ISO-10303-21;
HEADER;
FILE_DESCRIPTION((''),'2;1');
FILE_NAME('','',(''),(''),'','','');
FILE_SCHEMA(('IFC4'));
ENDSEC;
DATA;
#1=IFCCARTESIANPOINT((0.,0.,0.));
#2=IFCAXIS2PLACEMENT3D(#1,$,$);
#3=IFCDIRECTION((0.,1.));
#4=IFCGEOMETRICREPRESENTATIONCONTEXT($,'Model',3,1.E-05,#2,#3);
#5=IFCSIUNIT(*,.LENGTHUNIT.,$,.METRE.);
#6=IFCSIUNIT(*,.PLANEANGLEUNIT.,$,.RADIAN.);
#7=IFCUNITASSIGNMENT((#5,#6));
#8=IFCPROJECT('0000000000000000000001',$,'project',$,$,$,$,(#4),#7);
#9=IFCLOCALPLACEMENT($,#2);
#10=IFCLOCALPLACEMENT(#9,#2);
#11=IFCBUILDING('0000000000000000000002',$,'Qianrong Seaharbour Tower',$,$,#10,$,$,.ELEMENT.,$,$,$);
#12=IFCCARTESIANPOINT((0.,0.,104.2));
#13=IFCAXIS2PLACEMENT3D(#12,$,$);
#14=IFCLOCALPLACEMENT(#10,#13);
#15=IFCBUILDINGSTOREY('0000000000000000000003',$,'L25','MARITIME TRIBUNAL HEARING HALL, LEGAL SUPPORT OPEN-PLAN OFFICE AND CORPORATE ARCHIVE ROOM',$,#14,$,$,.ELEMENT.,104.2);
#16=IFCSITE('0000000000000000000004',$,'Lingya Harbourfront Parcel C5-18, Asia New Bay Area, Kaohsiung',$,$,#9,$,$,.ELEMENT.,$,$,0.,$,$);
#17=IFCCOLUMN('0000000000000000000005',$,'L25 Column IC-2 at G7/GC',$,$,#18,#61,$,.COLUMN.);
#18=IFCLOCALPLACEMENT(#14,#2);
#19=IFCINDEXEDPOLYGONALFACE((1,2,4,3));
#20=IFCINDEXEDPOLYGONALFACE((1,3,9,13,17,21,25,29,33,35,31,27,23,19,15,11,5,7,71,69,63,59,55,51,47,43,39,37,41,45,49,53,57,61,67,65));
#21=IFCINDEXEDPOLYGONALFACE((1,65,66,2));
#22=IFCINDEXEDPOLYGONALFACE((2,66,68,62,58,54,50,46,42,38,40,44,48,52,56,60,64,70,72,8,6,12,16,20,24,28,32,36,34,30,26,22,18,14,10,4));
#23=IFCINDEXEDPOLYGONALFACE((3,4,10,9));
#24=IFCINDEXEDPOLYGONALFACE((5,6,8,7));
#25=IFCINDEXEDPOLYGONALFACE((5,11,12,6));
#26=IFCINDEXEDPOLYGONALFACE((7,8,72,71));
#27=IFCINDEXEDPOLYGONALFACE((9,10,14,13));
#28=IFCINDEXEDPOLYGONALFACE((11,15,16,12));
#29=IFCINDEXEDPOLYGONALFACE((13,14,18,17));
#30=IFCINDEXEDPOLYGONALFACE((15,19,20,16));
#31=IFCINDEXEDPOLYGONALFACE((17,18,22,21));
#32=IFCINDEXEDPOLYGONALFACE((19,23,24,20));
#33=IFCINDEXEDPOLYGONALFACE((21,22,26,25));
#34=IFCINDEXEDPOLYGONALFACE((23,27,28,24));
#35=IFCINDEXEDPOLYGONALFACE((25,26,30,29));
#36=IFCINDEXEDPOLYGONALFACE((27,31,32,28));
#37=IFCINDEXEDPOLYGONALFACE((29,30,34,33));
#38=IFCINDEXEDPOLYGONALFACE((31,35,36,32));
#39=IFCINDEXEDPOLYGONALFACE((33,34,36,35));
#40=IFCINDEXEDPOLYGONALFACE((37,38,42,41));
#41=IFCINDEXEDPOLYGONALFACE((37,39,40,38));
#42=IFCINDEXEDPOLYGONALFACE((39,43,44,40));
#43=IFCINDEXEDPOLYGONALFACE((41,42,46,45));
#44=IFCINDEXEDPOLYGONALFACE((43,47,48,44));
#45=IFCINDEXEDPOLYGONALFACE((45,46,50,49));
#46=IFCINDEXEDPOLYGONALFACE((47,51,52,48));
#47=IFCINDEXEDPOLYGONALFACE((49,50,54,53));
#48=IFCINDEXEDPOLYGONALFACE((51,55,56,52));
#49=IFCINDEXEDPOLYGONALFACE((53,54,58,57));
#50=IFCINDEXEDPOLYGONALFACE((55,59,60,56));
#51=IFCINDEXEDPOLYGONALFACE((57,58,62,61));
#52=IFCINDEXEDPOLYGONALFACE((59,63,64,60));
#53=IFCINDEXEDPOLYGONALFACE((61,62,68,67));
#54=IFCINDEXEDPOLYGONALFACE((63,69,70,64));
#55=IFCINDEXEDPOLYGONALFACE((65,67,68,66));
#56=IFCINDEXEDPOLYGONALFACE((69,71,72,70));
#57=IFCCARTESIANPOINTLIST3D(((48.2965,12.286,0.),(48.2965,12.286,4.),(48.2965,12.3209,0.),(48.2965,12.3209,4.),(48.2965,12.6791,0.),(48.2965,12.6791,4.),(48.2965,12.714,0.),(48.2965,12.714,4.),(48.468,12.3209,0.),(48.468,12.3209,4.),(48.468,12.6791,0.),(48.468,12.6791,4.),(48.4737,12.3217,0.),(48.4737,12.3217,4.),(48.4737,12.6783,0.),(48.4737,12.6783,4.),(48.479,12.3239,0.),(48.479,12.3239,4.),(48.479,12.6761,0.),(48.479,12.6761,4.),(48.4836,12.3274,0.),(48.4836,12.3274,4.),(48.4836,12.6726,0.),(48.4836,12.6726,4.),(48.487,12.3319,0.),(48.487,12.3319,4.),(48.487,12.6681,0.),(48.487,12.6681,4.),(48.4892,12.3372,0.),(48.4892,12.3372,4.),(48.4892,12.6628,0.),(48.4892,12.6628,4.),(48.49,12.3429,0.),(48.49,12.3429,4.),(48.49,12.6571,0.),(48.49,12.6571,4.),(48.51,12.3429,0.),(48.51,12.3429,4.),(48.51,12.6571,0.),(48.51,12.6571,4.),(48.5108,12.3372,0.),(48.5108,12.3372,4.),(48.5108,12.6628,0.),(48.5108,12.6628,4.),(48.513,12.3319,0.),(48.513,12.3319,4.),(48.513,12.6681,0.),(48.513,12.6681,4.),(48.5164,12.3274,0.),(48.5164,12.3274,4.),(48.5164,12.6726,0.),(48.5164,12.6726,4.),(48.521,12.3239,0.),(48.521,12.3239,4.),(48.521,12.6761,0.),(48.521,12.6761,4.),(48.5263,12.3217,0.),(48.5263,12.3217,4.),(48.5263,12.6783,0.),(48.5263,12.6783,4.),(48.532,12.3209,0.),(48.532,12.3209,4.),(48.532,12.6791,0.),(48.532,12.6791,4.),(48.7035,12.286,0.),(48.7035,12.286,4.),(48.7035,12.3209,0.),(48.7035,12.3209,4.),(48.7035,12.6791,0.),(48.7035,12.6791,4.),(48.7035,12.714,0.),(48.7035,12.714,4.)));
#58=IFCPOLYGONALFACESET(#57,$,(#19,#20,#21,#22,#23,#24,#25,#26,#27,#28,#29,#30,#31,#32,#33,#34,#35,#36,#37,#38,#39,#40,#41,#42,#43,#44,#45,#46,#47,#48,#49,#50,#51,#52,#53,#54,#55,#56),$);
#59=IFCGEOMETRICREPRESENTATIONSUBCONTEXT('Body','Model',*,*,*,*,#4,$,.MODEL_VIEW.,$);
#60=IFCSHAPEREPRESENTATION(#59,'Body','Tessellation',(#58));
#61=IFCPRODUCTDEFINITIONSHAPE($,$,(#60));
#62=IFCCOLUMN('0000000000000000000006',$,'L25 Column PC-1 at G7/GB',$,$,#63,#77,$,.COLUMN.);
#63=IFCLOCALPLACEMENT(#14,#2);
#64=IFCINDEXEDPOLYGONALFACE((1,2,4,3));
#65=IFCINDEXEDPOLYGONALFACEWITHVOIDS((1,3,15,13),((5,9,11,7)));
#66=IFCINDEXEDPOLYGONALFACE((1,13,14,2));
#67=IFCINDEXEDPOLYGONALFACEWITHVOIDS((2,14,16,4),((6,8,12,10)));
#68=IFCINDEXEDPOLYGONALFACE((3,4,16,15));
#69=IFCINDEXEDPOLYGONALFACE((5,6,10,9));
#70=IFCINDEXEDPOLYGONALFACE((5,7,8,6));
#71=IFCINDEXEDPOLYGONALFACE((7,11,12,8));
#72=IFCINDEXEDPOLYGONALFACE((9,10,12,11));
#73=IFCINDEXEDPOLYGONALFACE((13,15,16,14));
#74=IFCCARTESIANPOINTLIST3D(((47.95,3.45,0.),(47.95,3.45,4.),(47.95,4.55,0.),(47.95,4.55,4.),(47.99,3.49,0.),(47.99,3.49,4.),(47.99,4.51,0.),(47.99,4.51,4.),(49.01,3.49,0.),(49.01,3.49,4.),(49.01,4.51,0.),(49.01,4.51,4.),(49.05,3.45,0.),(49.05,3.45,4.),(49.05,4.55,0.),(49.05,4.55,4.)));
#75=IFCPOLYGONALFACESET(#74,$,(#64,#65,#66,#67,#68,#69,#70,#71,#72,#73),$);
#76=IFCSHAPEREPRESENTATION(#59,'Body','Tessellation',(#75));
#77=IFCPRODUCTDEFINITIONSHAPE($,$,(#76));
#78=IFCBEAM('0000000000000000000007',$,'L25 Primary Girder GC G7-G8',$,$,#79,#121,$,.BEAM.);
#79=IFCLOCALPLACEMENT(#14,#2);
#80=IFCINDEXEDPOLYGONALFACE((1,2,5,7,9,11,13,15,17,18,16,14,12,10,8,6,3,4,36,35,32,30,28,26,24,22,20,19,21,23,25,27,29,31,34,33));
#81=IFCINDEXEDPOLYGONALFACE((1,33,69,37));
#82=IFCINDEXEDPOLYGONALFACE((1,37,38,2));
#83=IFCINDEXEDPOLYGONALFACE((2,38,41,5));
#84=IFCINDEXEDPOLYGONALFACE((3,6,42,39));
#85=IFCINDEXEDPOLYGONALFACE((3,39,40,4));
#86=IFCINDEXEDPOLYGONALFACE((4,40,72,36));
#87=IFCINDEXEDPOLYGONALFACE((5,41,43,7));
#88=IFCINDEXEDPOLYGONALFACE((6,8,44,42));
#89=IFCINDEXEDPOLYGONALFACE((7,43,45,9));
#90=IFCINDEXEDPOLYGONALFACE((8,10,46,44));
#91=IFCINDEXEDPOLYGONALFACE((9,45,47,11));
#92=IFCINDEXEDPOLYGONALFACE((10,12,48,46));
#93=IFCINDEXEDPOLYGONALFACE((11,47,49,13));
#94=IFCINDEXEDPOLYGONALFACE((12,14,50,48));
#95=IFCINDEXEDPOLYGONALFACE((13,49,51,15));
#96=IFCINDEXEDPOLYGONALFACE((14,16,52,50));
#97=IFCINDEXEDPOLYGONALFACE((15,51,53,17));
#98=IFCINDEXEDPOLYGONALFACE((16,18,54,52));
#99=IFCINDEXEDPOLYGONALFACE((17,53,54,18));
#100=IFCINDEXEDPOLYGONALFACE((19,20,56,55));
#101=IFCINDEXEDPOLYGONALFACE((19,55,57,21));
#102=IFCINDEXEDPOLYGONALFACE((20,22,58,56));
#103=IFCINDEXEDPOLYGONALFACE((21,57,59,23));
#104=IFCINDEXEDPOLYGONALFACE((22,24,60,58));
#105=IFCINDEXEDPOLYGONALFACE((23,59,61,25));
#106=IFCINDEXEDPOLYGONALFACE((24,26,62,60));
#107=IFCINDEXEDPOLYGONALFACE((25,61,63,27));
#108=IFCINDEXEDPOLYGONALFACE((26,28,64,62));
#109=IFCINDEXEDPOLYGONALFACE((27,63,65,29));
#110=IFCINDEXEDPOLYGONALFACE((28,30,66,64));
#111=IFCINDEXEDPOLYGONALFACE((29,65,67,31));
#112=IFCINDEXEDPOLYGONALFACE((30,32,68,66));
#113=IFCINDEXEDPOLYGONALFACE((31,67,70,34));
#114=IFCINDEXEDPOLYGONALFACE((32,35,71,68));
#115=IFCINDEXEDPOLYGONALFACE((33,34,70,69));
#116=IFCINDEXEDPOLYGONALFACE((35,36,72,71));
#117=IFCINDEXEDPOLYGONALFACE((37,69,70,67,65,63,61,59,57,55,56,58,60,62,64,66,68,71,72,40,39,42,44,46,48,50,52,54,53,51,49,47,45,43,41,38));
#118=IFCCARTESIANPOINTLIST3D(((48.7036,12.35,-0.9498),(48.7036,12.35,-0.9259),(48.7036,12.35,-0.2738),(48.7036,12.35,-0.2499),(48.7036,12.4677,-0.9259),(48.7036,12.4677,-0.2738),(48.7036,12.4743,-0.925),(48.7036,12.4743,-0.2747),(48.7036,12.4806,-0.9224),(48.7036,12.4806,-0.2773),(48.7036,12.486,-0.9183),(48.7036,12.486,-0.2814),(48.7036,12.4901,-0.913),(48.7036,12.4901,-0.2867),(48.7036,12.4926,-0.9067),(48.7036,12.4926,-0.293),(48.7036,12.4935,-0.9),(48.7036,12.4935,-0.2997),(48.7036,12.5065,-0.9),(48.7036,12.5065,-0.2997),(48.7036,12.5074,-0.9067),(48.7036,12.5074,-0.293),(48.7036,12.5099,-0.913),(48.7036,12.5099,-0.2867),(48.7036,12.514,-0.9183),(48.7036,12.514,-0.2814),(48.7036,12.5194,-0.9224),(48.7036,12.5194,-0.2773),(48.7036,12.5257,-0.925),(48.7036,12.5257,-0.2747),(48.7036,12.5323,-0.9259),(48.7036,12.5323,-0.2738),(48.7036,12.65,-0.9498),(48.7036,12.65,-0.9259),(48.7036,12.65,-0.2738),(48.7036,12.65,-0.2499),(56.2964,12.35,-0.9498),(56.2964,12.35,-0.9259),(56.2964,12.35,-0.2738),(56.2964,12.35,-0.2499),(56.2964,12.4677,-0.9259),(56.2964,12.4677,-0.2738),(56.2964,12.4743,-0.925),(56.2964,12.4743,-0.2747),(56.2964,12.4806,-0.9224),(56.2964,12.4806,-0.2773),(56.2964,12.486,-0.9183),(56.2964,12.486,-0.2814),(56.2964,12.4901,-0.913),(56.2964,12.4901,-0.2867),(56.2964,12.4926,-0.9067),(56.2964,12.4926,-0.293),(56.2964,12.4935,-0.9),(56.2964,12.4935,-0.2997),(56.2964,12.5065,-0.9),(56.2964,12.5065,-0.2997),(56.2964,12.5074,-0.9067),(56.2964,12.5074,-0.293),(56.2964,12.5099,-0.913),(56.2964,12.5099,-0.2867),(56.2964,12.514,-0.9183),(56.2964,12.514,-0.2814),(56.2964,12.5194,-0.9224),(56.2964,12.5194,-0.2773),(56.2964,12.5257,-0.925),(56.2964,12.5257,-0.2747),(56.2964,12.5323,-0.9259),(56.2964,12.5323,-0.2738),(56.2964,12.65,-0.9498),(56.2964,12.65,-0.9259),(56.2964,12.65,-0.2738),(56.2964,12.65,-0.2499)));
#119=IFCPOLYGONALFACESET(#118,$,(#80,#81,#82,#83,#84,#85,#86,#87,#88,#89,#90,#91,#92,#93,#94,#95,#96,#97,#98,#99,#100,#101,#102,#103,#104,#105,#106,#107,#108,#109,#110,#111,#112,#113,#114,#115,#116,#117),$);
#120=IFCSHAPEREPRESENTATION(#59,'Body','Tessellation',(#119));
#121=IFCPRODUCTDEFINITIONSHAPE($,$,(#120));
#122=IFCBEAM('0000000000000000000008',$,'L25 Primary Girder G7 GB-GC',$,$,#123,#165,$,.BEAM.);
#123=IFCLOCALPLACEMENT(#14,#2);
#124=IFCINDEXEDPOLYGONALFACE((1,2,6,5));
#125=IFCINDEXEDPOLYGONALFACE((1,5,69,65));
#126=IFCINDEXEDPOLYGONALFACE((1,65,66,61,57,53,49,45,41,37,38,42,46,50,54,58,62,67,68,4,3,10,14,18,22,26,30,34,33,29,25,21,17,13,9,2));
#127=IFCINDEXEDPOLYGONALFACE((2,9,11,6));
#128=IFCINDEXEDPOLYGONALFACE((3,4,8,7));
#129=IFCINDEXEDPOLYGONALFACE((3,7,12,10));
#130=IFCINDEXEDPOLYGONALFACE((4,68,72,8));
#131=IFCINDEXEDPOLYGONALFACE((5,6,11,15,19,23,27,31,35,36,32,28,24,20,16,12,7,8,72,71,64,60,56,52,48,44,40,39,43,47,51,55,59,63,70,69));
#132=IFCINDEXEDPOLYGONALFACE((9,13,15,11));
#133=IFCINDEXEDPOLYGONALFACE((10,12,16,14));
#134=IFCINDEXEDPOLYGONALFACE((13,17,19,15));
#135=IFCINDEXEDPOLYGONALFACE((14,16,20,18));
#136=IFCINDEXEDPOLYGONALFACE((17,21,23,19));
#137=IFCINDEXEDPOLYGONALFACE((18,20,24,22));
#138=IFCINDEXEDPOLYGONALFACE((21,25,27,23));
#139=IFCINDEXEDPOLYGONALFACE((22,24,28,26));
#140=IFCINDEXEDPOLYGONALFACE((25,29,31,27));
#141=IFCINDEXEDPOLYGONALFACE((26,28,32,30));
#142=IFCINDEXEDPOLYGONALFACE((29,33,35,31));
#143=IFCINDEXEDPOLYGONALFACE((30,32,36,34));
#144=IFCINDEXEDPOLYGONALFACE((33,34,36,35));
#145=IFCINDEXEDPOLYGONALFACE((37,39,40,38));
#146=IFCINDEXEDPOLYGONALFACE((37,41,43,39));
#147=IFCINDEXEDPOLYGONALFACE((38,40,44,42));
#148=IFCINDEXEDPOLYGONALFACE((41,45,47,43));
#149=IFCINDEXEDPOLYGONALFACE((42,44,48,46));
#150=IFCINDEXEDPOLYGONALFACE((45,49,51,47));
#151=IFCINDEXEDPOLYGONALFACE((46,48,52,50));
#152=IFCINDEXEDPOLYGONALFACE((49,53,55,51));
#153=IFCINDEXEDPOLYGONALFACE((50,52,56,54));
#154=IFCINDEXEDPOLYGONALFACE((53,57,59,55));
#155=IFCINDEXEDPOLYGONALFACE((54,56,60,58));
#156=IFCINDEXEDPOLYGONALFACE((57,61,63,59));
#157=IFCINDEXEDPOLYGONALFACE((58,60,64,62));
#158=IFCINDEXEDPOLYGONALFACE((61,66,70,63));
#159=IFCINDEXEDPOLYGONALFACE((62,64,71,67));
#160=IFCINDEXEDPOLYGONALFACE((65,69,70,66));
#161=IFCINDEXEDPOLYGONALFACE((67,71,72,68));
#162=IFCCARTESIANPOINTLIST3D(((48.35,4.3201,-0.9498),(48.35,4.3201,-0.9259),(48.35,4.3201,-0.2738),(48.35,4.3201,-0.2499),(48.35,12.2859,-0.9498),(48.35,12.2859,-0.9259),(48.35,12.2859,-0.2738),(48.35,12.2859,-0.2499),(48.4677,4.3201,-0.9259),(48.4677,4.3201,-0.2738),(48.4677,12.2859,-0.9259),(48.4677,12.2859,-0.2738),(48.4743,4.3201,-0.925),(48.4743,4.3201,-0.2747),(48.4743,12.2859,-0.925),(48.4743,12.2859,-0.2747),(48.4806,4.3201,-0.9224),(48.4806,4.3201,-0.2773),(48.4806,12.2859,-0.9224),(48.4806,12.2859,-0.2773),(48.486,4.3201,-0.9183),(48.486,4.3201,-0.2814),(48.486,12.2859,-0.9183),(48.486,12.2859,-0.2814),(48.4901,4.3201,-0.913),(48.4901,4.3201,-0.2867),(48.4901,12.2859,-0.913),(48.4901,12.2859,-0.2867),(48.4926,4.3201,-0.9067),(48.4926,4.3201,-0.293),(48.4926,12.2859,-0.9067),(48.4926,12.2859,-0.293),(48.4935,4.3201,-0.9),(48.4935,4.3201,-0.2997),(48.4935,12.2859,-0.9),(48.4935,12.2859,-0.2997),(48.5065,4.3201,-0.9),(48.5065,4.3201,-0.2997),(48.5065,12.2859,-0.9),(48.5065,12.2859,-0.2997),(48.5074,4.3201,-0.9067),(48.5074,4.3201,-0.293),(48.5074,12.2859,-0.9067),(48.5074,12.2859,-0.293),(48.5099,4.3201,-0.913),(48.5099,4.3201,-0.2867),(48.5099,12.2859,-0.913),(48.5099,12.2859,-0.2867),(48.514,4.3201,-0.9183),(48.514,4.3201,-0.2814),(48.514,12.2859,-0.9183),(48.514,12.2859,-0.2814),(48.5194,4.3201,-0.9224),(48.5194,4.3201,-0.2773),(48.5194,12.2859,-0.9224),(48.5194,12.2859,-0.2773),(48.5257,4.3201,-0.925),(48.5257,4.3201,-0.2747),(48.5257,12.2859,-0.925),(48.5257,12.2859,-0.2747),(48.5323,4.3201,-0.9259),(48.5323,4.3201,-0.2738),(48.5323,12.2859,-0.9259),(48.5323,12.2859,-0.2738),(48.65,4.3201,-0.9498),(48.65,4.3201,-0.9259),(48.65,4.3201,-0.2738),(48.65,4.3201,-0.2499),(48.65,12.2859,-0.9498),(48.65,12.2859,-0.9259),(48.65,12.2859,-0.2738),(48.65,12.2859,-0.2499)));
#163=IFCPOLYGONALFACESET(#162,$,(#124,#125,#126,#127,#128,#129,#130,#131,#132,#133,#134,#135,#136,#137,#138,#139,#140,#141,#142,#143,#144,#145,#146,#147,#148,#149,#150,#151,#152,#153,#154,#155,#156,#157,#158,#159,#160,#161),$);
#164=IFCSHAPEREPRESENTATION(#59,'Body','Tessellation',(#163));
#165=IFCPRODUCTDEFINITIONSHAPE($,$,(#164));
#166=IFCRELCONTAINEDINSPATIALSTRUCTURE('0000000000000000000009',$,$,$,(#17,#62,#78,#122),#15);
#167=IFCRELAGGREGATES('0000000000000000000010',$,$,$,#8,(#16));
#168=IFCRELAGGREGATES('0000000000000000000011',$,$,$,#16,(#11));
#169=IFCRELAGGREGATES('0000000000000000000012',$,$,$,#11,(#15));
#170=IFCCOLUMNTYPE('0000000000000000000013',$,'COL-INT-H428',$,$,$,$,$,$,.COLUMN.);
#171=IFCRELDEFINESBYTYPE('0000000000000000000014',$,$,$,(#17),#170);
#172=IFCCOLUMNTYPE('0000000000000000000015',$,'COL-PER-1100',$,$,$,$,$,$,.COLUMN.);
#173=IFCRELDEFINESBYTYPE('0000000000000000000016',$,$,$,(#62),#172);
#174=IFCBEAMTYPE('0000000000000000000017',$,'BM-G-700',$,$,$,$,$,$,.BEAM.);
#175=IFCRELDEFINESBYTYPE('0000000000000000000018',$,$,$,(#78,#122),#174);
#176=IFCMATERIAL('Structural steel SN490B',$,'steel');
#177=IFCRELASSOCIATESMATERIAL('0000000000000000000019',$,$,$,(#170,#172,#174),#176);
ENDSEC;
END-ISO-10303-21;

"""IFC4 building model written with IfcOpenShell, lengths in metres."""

from ifc_helpers import new_model, si_unit, direction, frame, origin, origin_2d, place, context, subcontext, project, spatial, hollow_rectangle, i_section, extrude, material, material_profile, profile_set, type_object, element, save


model = new_model("IFC4")

# Units and contexts
model_context = context("Model", 3, precision=1e-05, world=origin(), true_north=direction((0.0, 1.0)))
body_context = subcontext(model_context, "Body", "Model", "MODEL_VIEW")
ifc_project = project(units=[si_unit("LENGTHUNIT", "METRE"), si_unit("PLANEANGLEUNIT", "RADIAN")], contexts=[model_context])

# Site, building, storey
site_placement = place(None, origin())
site = spatial("IfcSite", under=ifc_project, at=site_placement, Name="Lingya Harbourfront Parcel C5-18, Asia New Bay Area, Kaohsiung", CompositionType="ELEMENT", RefElevation=0.0)
building_placement = place(site_placement, origin())
building = spatial("IfcBuilding", under=site, at=building_placement, Name="Qianrong Seaharbour Tower", CompositionType="ELEMENT")
storey_placement = place(building_placement, frame((0.0, 0.0, 104.2)))
storey = spatial("IfcBuildingStorey", under=building, at=storey_placement, Name="L25", Description="MARITIME TRIBUNAL HEARING HALL, LEGAL SUPPORT OPEN-PLAN OFFICE AND CORPORATE ARCHIVE ROOM", CompositionType="ELEMENT", Elevation=104.2)

# Columns
ifc_material_1 = material(Name="Structural steel SN490B", Category="steel")
ifc_material_profile_1 = material_profile(ifc_material_1, i_section(OverallWidth=0.407, OverallDepth=0.428, WebThickness=0.02, FlangeThickness=0.0349, FilletRadius=0.022, at=origin_2d()), Name="H428x407x20x35")
ifc_profile_set_1 = profile_set([ifc_material_profile_1], Name="Structural steel SN490B")
column_type_1 = type_object("IfcColumnType", Name="COL-INT-H428", PredefinedType="COLUMN", material=ifc_profile_set_1)
column_1_placement = place(storey_placement, frame((48.5, 12.5, 0.0), z_axis=(0.0, 0.0, 1.0), x_axis=(1.0, 0.0, 0.0)))
element("IfcColumn", 1, at=column_1_placement, inside=storey, type_object=column_type_1, Name="L25 Column IC-2 at G7/GC", PredefinedType="COLUMN", context=body_context, shape_type="SweptSolid", body=[
    extrude(i_section(OverallWidth=0.407, OverallDepth=0.428, WebThickness=0.02, FlangeThickness=0.0349, FilletRadius=0.022, at=origin_2d()), origin(), (0.0, 0.0, 1.0), 4.0),
])
ifc_material_profile_2 = material_profile(ifc_material_1, hollow_rectangle(XDim=1.1001, YDim=1.1001, WallThickness=0.04, at=origin_2d()), Name="BOX1100x1100x40")
ifc_profile_set_2 = profile_set([ifc_material_profile_2], Name="Structural steel SN490B")
column_type_2 = type_object("IfcColumnType", Name="COL-PER-1100", PredefinedType="COLUMN", material=ifc_profile_set_2)
column_2_placement = place(storey_placement, frame((48.5, 4.0, 0.0), z_axis=(0.0, 0.0, 1.0), x_axis=(1.0, 0.0, 0.0)))
element("IfcColumn", 2, at=column_2_placement, inside=storey, type_object=column_type_2, Name="L25 Column PC-1 at G7/GB", PredefinedType="COLUMN", context=body_context, shape_type="SweptSolid", body=[
    extrude(hollow_rectangle(XDim=1.1001, YDim=1.1001, WallThickness=0.04, at=origin_2d()), origin(), (0.0, 0.0, 1.0), 4.0),
])

# Beams
ifc_material_profile_3 = material_profile(ifc_material_1, i_section(OverallWidth=0.3, OverallDepth=0.7, WebThickness=0.0129, FlangeThickness=0.0239, FilletRadius=0.0259, at=origin_2d()), Name="H700x300x13x24")
ifc_profile_set_3 = profile_set([ifc_material_profile_3], Name="Structural steel SN490B")
beam_type_1 = type_object("IfcBeamType", Name="BM-G-700", PredefinedType="BEAM", material=ifc_profile_set_3)
beam_1_placement = place(storey_placement, frame((48.7036, 12.5, -0.5999), z_axis=(1.0, 0.0, 0.0), x_axis=(0.0, 1.0, 0.0)))
element("IfcBeam", 3, at=beam_1_placement, inside=storey, type_object=beam_type_1, Name="L25 Primary Girder GC G7-G8", PredefinedType="BEAM", context=body_context, shape_type="SweptSolid", body=[
    extrude(i_section(OverallWidth=0.3, OverallDepth=0.7, WebThickness=0.0129, FlangeThickness=0.0239, FilletRadius=0.0259, at=origin_2d()), origin(), (0.0, 0.0, 1.0), 7.5928),
])
beam_2_placement = place(storey_placement, frame((48.5, 4.3201, -0.5999), z_axis=(0.0, 1.0, 0.0), x_axis=(-1.0, 0.0, 0.0)))
element("IfcBeam", 4, at=beam_2_placement, inside=storey, type_object=beam_type_1, Name="L25 Primary Girder G7 GB-GC", PredefinedType="BEAM", context=body_context, shape_type="SweptSolid", body=[
    extrude(i_section(OverallWidth=0.3, OverallDepth=0.7, WebThickness=0.0129, FlangeThickness=0.0239, FilletRadius=0.0259, at=origin_2d()), origin(), (0.0, 0.0, 1.0), 7.9658),
])

save(model, "model.ifc")
